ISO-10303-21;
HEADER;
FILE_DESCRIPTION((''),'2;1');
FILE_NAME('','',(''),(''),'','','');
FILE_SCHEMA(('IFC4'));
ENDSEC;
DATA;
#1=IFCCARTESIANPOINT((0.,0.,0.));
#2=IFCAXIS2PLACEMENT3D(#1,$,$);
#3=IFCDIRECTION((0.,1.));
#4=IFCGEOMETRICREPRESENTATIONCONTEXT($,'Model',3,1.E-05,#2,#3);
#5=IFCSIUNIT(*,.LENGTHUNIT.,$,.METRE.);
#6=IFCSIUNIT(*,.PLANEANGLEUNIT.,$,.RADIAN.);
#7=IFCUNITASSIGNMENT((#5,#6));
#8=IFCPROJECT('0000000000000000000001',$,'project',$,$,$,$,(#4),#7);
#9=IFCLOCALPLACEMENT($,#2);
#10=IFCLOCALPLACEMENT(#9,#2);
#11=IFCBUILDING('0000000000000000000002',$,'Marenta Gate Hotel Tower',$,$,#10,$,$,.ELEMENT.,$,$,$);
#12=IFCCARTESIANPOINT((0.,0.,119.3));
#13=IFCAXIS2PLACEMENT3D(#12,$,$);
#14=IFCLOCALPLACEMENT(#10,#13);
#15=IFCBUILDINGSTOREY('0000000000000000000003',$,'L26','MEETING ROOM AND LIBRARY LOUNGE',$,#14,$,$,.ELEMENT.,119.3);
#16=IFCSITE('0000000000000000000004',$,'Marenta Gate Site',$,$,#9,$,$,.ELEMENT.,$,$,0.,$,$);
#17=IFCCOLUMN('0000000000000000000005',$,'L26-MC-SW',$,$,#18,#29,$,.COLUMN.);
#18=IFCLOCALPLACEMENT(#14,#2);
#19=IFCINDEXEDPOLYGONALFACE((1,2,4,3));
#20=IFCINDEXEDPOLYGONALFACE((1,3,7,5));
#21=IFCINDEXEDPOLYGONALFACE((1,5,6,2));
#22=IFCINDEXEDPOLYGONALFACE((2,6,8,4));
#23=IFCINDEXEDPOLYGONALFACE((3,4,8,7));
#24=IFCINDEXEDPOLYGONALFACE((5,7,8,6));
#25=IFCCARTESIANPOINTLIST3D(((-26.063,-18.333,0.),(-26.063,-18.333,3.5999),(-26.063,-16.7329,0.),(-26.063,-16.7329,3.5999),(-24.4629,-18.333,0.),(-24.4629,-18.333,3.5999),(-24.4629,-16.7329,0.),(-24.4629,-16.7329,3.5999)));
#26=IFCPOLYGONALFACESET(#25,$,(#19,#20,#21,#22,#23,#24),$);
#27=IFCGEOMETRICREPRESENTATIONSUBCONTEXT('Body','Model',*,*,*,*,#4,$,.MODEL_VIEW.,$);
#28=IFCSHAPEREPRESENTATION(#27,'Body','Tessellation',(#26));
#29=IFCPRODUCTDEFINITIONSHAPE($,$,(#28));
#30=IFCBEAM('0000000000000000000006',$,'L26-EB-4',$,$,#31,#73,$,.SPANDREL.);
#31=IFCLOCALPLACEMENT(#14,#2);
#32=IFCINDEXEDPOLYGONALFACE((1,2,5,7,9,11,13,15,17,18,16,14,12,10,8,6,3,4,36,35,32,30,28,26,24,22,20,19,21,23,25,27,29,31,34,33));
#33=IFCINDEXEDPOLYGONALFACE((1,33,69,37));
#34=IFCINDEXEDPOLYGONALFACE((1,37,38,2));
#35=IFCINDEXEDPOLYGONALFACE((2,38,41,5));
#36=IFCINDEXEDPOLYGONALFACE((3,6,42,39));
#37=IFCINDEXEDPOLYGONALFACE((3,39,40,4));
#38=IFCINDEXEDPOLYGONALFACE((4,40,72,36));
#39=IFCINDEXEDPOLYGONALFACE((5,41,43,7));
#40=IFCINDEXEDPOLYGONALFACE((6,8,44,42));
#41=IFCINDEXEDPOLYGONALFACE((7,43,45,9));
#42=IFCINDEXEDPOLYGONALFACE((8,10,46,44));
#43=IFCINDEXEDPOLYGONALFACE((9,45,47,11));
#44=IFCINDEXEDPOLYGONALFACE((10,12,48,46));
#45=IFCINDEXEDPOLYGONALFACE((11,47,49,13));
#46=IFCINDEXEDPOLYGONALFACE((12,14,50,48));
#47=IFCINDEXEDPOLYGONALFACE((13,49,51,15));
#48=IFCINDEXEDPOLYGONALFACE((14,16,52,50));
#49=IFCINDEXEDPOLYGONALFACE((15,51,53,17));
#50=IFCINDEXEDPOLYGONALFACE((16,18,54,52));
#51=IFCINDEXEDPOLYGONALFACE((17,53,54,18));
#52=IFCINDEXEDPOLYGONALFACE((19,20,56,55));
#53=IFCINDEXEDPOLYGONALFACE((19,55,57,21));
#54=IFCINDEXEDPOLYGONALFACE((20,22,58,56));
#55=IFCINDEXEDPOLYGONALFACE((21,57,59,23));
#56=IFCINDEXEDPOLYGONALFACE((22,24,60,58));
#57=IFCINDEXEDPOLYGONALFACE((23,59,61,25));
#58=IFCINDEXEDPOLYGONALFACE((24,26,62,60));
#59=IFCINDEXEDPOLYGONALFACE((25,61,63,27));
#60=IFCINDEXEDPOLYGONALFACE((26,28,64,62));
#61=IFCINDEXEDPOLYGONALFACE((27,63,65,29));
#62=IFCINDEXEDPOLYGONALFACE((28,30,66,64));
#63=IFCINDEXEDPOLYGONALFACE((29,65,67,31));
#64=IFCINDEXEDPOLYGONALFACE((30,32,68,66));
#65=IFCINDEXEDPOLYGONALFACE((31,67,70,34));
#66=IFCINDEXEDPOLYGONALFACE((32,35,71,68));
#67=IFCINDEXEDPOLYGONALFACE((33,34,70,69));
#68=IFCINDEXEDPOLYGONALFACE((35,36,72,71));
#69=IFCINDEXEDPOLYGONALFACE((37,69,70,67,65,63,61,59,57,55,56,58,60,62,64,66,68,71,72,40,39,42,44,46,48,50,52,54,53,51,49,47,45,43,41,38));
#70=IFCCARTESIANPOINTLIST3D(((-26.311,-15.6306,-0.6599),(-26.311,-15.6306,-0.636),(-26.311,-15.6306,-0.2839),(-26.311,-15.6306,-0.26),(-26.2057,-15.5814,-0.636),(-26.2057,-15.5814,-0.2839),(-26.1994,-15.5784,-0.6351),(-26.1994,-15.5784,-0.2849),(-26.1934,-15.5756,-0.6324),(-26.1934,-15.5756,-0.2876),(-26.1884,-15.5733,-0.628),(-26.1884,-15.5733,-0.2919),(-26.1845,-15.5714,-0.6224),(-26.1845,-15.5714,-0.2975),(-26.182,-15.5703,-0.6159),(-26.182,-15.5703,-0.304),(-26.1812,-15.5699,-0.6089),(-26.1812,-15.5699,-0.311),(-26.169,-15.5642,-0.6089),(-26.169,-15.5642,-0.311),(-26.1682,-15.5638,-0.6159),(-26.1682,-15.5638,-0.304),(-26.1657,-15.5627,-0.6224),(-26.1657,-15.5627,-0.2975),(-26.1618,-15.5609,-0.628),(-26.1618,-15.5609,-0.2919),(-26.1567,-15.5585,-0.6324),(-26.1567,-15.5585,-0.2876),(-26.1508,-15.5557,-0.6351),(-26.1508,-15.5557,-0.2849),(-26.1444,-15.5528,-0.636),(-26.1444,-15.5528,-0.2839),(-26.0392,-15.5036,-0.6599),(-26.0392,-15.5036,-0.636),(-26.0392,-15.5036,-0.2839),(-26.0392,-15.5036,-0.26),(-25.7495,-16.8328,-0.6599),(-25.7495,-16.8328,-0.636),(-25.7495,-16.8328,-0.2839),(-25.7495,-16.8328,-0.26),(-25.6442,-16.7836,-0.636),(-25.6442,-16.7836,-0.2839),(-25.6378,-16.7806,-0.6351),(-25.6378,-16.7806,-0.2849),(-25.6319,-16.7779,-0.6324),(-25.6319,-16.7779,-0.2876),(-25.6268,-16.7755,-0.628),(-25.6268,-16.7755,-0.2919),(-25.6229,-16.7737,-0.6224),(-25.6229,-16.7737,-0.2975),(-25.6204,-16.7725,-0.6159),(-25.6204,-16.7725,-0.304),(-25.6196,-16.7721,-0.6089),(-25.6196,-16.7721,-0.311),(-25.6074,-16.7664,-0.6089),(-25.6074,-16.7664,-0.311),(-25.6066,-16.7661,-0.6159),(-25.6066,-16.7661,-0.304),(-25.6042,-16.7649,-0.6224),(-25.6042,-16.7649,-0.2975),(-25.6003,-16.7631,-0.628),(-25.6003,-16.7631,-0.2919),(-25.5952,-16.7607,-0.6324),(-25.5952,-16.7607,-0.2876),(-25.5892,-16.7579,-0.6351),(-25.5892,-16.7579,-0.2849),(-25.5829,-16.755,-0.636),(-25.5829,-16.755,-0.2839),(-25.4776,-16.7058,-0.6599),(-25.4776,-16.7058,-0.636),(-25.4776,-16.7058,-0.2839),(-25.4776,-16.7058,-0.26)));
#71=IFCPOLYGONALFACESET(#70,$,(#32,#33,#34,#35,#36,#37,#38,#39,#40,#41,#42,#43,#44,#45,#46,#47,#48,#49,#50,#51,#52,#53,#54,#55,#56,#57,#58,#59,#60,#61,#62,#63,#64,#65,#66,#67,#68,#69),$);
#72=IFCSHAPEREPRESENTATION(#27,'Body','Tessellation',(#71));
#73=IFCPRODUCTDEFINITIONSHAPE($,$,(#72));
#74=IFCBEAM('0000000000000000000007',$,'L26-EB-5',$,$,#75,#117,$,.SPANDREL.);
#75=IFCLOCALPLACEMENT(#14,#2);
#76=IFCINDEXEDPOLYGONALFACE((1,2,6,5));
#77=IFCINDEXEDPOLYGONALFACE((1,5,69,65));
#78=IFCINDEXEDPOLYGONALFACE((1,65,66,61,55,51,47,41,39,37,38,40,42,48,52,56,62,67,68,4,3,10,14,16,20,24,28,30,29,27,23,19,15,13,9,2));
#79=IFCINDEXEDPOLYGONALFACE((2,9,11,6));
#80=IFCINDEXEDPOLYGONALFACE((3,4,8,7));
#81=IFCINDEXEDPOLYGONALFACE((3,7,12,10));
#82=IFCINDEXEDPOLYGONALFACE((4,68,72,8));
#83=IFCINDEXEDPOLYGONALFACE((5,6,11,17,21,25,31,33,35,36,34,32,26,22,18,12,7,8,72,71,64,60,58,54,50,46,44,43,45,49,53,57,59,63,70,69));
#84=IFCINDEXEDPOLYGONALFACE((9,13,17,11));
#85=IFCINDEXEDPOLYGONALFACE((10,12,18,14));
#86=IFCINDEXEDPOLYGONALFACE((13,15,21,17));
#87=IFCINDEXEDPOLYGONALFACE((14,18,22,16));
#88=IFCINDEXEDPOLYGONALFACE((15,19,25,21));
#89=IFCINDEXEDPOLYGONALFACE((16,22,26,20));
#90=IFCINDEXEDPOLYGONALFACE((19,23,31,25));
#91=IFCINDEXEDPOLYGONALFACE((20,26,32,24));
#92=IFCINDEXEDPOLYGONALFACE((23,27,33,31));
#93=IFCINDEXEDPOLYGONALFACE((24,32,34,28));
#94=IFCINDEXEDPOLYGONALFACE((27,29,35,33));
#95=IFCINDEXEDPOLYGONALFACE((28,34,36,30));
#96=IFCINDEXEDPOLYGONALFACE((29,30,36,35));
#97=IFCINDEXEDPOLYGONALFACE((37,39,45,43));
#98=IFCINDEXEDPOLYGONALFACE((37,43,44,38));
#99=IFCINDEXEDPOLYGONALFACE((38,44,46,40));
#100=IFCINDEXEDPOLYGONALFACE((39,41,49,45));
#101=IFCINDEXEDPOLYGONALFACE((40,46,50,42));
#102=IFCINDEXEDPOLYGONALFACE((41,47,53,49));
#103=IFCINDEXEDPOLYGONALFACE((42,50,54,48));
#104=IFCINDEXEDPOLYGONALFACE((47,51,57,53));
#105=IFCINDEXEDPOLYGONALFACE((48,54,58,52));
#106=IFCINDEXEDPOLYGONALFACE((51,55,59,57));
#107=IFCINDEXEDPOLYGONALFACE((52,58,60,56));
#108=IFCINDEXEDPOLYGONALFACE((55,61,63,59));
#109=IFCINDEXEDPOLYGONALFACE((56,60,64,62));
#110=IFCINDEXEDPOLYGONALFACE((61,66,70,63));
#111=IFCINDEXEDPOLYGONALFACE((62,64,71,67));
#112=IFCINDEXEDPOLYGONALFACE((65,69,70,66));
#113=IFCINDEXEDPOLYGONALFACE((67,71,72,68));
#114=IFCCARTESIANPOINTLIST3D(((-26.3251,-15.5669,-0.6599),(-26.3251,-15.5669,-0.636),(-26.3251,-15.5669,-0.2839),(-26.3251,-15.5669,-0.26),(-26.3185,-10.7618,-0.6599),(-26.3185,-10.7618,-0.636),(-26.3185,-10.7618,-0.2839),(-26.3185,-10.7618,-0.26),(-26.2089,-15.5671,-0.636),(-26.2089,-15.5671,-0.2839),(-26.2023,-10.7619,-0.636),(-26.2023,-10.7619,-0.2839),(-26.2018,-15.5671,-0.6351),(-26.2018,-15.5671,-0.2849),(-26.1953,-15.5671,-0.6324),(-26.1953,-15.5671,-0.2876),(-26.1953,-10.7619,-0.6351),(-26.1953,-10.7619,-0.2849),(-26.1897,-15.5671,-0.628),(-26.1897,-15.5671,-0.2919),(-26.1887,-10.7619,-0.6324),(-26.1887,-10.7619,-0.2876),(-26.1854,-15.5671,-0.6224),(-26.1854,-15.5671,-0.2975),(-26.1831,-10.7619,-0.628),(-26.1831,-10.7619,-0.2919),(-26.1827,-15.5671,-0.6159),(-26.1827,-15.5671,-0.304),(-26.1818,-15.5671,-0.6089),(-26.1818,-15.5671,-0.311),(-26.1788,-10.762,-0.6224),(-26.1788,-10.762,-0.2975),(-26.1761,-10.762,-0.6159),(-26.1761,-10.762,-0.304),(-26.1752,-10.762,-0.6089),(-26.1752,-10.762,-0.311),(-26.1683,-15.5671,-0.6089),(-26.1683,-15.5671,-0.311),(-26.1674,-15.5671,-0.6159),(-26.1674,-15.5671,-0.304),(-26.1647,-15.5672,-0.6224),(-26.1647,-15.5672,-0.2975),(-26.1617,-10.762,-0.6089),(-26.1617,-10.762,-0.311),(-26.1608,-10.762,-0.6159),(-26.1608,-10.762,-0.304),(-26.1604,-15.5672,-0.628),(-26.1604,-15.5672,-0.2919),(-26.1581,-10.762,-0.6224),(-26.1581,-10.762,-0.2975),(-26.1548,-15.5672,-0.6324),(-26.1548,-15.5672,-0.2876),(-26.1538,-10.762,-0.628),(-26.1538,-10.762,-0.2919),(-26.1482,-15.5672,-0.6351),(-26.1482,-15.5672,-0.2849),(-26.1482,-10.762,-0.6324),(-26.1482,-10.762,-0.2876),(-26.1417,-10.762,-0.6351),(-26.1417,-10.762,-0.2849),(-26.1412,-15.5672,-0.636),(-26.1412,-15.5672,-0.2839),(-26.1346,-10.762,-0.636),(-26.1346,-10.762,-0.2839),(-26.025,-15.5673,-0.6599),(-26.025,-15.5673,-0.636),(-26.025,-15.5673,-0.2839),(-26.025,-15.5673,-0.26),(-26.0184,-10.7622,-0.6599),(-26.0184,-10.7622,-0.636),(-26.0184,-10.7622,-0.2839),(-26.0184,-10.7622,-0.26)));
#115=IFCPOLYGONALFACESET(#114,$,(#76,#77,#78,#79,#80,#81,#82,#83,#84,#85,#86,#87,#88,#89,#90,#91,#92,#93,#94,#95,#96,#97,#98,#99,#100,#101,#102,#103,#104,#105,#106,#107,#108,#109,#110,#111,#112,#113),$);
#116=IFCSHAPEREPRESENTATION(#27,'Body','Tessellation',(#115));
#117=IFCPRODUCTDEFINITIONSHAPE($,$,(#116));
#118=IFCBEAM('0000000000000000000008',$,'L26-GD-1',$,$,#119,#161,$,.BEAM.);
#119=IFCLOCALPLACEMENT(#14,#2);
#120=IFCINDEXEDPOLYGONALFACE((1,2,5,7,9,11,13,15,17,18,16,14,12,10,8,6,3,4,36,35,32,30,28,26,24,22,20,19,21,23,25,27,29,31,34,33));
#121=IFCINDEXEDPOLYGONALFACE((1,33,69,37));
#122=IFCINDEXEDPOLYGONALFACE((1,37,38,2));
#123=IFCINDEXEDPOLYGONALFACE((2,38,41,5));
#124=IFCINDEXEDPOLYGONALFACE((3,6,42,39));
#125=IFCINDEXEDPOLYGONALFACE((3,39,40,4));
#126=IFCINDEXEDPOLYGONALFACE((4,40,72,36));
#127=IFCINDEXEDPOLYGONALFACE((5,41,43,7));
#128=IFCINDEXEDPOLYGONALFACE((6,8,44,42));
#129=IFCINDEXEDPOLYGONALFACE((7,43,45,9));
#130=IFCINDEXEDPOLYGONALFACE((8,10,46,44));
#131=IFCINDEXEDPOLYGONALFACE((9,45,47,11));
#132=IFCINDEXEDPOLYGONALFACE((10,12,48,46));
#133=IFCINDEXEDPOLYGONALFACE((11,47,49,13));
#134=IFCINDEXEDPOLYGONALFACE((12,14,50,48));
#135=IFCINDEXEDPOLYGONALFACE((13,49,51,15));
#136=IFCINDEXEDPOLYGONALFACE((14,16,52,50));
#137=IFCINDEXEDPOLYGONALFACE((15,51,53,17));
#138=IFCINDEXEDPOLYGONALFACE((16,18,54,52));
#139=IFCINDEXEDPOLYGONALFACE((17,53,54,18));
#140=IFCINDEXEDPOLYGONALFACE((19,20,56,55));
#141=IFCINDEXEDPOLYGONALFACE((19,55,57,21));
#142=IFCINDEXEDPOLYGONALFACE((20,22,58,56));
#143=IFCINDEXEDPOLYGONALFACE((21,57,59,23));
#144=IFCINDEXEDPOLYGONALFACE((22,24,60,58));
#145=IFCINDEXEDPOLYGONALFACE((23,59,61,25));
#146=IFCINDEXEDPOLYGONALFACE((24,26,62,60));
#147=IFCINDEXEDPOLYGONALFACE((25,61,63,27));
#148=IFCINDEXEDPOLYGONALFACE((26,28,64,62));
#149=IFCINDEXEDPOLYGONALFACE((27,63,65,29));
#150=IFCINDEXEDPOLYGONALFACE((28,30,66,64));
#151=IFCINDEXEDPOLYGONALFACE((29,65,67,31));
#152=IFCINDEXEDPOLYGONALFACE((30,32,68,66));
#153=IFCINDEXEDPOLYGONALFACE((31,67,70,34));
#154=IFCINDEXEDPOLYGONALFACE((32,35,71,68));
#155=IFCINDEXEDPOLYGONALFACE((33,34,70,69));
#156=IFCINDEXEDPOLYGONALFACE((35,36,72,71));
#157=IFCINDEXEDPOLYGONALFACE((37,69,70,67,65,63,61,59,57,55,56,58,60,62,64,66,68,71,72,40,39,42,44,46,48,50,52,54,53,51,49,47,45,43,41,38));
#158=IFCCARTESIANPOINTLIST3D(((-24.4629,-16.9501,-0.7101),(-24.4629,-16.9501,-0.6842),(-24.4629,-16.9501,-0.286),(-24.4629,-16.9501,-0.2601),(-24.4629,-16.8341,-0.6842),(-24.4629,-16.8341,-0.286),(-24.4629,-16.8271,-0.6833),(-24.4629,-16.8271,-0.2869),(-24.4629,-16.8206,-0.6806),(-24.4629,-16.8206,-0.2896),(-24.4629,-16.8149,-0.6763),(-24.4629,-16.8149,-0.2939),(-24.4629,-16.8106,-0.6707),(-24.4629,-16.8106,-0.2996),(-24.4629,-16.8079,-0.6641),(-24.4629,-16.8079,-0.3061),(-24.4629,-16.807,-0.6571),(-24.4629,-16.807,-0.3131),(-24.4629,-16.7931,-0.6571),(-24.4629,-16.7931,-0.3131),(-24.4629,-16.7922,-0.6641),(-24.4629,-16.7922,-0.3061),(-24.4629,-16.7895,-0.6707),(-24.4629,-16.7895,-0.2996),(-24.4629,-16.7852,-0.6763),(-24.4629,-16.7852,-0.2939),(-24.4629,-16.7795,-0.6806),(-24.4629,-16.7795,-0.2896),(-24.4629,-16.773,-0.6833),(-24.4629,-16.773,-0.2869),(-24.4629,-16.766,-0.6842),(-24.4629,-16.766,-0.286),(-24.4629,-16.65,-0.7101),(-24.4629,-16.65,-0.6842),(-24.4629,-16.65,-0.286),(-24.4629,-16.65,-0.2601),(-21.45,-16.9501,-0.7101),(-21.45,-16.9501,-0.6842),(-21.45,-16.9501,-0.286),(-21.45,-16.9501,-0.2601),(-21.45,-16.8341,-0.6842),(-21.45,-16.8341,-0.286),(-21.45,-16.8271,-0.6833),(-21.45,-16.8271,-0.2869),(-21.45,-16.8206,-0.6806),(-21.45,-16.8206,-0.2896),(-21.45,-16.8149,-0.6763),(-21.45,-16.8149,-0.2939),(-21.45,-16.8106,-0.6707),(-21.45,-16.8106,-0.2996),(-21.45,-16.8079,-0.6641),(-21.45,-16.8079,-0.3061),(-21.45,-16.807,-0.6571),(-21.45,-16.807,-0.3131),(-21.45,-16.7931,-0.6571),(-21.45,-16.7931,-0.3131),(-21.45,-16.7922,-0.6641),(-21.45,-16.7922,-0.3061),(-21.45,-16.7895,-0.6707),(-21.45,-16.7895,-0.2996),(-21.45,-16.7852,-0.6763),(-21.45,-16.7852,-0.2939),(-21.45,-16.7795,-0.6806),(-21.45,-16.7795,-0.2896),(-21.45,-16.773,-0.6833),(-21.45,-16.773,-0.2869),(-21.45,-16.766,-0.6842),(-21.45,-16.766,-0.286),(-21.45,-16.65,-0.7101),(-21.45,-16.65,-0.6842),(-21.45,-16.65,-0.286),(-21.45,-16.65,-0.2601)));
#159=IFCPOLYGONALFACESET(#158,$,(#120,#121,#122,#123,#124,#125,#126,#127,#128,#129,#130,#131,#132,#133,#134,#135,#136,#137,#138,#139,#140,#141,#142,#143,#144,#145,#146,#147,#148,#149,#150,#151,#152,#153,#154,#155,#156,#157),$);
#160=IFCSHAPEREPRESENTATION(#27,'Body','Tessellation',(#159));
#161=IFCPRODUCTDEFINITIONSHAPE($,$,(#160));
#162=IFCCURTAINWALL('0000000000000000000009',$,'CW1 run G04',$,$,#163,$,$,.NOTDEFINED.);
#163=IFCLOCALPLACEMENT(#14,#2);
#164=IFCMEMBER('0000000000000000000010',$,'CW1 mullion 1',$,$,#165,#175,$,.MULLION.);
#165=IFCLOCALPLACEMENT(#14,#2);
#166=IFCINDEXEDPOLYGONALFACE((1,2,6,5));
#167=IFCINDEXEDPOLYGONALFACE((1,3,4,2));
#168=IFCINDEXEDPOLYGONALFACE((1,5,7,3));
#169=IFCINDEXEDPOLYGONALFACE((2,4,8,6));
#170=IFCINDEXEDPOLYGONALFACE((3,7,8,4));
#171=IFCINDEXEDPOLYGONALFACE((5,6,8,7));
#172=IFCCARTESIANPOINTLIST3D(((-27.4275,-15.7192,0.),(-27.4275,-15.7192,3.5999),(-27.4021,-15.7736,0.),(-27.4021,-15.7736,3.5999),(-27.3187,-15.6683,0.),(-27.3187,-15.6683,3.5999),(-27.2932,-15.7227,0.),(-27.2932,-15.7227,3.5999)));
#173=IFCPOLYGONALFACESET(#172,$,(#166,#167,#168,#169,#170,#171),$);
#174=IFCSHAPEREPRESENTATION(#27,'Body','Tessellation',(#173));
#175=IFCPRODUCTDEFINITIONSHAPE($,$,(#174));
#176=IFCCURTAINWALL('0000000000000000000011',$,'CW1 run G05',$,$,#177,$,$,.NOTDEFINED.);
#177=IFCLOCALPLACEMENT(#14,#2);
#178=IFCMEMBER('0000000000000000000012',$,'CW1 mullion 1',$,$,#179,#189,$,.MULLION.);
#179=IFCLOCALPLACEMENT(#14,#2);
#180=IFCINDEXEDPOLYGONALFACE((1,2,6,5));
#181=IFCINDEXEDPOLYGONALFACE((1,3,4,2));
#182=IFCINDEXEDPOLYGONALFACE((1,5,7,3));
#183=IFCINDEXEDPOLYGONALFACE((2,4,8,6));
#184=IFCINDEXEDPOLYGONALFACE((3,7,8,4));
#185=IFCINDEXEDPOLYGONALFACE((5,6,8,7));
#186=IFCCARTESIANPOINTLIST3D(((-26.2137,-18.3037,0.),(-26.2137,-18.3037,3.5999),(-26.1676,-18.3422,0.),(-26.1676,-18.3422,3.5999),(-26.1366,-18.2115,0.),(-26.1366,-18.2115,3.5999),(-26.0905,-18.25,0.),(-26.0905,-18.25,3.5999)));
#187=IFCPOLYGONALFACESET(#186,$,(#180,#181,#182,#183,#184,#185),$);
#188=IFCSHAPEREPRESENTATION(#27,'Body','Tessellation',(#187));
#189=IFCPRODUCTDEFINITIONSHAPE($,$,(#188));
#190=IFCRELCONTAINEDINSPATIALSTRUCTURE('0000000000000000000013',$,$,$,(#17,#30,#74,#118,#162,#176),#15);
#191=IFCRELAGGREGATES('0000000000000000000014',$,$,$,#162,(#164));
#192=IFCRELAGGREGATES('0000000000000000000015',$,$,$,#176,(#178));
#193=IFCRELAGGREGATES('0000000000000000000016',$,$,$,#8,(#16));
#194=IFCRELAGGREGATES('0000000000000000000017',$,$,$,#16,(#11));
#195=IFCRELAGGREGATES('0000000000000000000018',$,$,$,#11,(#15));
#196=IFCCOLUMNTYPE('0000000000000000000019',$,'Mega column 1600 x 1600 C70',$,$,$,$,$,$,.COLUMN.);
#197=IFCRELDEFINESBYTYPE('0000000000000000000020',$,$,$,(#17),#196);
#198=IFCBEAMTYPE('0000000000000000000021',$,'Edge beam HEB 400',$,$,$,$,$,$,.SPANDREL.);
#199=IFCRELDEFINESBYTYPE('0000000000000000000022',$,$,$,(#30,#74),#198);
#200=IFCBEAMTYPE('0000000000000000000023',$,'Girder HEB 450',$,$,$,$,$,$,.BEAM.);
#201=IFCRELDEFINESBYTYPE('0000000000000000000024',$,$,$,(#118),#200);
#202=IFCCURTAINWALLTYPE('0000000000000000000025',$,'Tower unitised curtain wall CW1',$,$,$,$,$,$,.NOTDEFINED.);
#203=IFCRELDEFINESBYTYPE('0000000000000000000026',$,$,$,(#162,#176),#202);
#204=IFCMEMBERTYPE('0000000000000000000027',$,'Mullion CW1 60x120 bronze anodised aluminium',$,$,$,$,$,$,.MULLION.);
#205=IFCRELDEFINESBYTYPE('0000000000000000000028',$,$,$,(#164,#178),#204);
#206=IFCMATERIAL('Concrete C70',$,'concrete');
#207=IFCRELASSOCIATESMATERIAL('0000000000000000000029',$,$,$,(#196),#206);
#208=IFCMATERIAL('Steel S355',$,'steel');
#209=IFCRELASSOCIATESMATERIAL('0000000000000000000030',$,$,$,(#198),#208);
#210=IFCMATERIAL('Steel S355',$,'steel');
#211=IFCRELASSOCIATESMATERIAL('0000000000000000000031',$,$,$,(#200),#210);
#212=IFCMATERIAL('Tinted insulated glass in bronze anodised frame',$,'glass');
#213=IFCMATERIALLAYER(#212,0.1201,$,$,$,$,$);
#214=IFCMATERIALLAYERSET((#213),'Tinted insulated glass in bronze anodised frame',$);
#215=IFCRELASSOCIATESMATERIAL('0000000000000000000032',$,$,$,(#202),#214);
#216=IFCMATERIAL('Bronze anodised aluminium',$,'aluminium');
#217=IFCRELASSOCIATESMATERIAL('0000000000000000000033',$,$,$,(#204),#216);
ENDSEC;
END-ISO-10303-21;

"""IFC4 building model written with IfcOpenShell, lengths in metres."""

from ifc_helpers import new_model, si_unit, direction, frame, origin, origin_2d, place, context, subcontext, project, spatial, rectangle, i_section, extrude, material, layer, layer_set, material_profile, profile_set, type_object, element, aggregate, save


model = new_model("IFC4")

# Units and contexts
model_context = context("Model", 3, precision=1e-05, world=origin(), true_north=direction((0.0, 1.0)))
body_context = subcontext(model_context, "Body", "Model", "MODEL_VIEW")
ifc_project = project(units=[si_unit("LENGTHUNIT", "METRE"), si_unit("PLANEANGLEUNIT", "RADIAN")], contexts=[model_context])

# Site, building, storey
site_placement = place(None, origin())
site = spatial("IfcSite", under=ifc_project, at=site_placement, Name="Marenta Gate Site", CompositionType="ELEMENT", RefElevation=0.0)
building_placement = place(site_placement, origin())
building = spatial("IfcBuilding", under=site, at=building_placement, Name="Marenta Gate Hotel Tower", CompositionType="ELEMENT")
storey_placement = place(building_placement, frame((0.0, 0.0, 119.3)))
storey = spatial("IfcBuildingStorey", under=building, at=storey_placement, Name="L26", Description="MEETING ROOM AND LIBRARY LOUNGE", CompositionType="ELEMENT", Elevation=119.3)

# Column
ifc_material_1 = material(Name="Concrete C70", Category="concrete")
ifc_material_profile_1 = material_profile(ifc_material_1, rectangle(XDim=1.6001, YDim=1.6001, at=origin_2d()), Name="1600 x 1600")
ifc_profile_set_1 = profile_set([ifc_material_profile_1], Name="Concrete C70")
column_type = type_object("IfcColumnType", Name="Mega column 1600 x 1600 C70", PredefinedType="COLUMN", material=ifc_profile_set_1)
column_placement = place(storey_placement, frame((-25.2629, -17.533, 0.0), z_axis=(0.0, 0.0, 1.0), x_axis=(1.0, 0.0, 0.0)))
element("IfcColumn", 1, at=column_placement, inside=storey, type_object=column_type, Name="L26-MC-SW", PredefinedType="COLUMN", context=body_context, shape_type="SweptSolid", body=[
    extrude(rectangle(XDim=1.6001, YDim=1.6001, at=origin_2d()), origin(), (0.0, 0.0, 1.0), 3.5999),
])

# Beams
ifc_material_2 = material(Name="Steel S355", Category="steel")
ifc_material_profile_2 = material_profile(ifc_material_2, i_section(OverallWidth=0.3, OverallDepth=0.3999, WebThickness=0.0134, FlangeThickness=0.0239, FilletRadius=0.0271, at=origin_2d()), Name="HEB 400")
ifc_profile_set_2 = profile_set([ifc_material_profile_2], Name="Steel S355")
beam_type_1 = type_object("IfcBeamType", Name="Edge beam HEB 400", PredefinedType="SPANDREL", material=ifc_profile_set_2)
beam_1_placement = place(storey_placement, frame((-25.6135, -16.7693, -0.46), z_axis=(-0.423208, 0.906033, 0.0), x_axis=(-0.906033, -0.423208, 0.0)))
element("IfcBeam", 2, at=beam_1_placement, inside=storey, type_object=beam_type_1, Name="L26-EB-4", PredefinedType="SPANDREL", context=body_context, shape_type="SweptSolid", body=[
    extrude(i_section(OverallWidth=0.3, OverallDepth=0.3999, WebThickness=0.0134, FlangeThickness=0.0239, FilletRadius=0.0271, at=origin_2d()), origin(), (0.0, 0.0, 1.0), 1.3269),
])
beam_2_placement = place(storey_placement, frame((-26.175, -15.5671, -0.46), z_axis=(0.001372, 0.999999, 0.0), x_axis=(-0.999999, 0.001372, 0.0)))
element("IfcBeam", 3, at=beam_2_placement, inside=storey, type_object=beam_type_1, Name="L26-EB-5", PredefinedType="SPANDREL", context=body_context, shape_type="SweptSolid", body=[
    extrude(i_section(OverallWidth=0.3, OverallDepth=0.3999, WebThickness=0.0134, FlangeThickness=0.0239, FilletRadius=0.0271, at=origin_2d()), origin(), (0.0, 0.0, 1.0), 4.8052),
])
ifc_material_3 = material(Name="Steel S355", Category="steel")
ifc_material_profile_3 = material_profile(ifc_material_3, i_section(OverallWidth=0.3, OverallDepth=0.45, WebThickness=0.0139, FlangeThickness=0.0259, FilletRadius=0.0271, at=origin_2d()), Name="HEB 450")
ifc_profile_set_3 = profile_set([ifc_material_profile_3], Name="Steel S355")
beam_type_2 = type_object("IfcBeamType", Name="Girder HEB 450", PredefinedType="BEAM", material=ifc_profile_set_3)
beam_3_placement = place(storey_placement, frame((-24.4629, -16.8, -0.4851), z_axis=(1.0, 0.0, 0.0), x_axis=(0.0, 1.0, 0.0)))
element("IfcBeam", 4, at=beam_3_placement, inside=storey, type_object=beam_type_2, Name="L26-GD-1", PredefinedType="BEAM", context=body_context, shape_type="SweptSolid", body=[
    extrude(i_section(OverallWidth=0.3, OverallDepth=0.45, WebThickness=0.0139, FlangeThickness=0.0259, FilletRadius=0.0271, at=origin_2d()), origin(), (0.0, 0.0, 1.0), 3.0129),
])

# Curtain walls, members
ifc_material_4 = material(Name="Tinted insulated glass in bronze anodised frame", Category="glass")
ifc_layer_1 = layer(ifc_material_4, 0.1201)
ifc_layer_set_1 = layer_set([ifc_layer_1], Name="Tinted insulated glass in bronze anodised frame")
curtain_wall_type = type_object("IfcCurtainWallType", Name="Tower unitised curtain wall CW1", PredefinedType="NOTDEFINED", material=ifc_layer_set_1)
curtain_wall_1_placement = place(storey_placement, origin())
curtain_wall_1 = element("IfcCurtainWall", 5, at=curtain_wall_1_placement, inside=storey, type_object=curtain_wall_type, Name="CW1 run G04", PredefinedType="NOTDEFINED")
ifc_material_5 = material(Name="Bronze anodised aluminium", Category="aluminium")
ifc_material_profile_4 = material_profile(ifc_material_5, rectangle(XDim=0.1201, YDim=0.0601, at=origin_2d()), Name="Mullion CW1 60x120 bronze anodised aluminium")
ifc_profile_set_4 = profile_set([ifc_material_profile_4], Name="Bronze anodised aluminium")
member_type_1 = type_object("IfcMemberType", Name="Mullion CW1 60x120 bronze anodised aluminium", PredefinedType="MULLION", material=ifc_profile_set_4)
member_1_placement = place(storey_placement, frame((-27.3604, -15.7209, 0.0), z_axis=(0.0, 0.0, 1.0), x_axis=(0.905972, 0.423338, 0.0)))
member_1 = element("IfcMember", 6, at=member_1_placement, type_object=member_type_1, Name="CW1 mullion 1", PredefinedType="MULLION", context=body_context, shape_type="SweptSolid", body=[
    extrude(rectangle(XDim=0.1201, YDim=0.0601, at=origin_2d()), origin(), (0.0, 0.0, 1.0), 3.5999),
])
curtain_wall_2_placement = place(storey_placement, origin())
curtain_wall_2 = element("IfcCurtainWall", 7, at=curtain_wall_2_placement, inside=storey, type_object=curtain_wall_type, Name="CW1 run G05", PredefinedType="NOTDEFINED")
member_2_placement = place(storey_placement, frame((-26.1521, -18.2769, 0.0), z_axis=(0.0, 0.0, 1.0), x_axis=(0.641512, 0.767113, 0.0)))
member_2 = element("IfcMember", 8, at=member_2_placement, type_object=member_type_1, Name="CW1 mullion 1", PredefinedType="MULLION", context=body_context, shape_type="SweptSolid", body=[
    extrude(rectangle(XDim=0.1201, YDim=0.0601, at=origin_2d()), origin(), (0.0, 0.0, 1.0), 3.5999),
])

aggregate(curtain_wall_1, [member_1])
aggregate(curtain_wall_2, [member_2])

save(model, "model.ifc")
